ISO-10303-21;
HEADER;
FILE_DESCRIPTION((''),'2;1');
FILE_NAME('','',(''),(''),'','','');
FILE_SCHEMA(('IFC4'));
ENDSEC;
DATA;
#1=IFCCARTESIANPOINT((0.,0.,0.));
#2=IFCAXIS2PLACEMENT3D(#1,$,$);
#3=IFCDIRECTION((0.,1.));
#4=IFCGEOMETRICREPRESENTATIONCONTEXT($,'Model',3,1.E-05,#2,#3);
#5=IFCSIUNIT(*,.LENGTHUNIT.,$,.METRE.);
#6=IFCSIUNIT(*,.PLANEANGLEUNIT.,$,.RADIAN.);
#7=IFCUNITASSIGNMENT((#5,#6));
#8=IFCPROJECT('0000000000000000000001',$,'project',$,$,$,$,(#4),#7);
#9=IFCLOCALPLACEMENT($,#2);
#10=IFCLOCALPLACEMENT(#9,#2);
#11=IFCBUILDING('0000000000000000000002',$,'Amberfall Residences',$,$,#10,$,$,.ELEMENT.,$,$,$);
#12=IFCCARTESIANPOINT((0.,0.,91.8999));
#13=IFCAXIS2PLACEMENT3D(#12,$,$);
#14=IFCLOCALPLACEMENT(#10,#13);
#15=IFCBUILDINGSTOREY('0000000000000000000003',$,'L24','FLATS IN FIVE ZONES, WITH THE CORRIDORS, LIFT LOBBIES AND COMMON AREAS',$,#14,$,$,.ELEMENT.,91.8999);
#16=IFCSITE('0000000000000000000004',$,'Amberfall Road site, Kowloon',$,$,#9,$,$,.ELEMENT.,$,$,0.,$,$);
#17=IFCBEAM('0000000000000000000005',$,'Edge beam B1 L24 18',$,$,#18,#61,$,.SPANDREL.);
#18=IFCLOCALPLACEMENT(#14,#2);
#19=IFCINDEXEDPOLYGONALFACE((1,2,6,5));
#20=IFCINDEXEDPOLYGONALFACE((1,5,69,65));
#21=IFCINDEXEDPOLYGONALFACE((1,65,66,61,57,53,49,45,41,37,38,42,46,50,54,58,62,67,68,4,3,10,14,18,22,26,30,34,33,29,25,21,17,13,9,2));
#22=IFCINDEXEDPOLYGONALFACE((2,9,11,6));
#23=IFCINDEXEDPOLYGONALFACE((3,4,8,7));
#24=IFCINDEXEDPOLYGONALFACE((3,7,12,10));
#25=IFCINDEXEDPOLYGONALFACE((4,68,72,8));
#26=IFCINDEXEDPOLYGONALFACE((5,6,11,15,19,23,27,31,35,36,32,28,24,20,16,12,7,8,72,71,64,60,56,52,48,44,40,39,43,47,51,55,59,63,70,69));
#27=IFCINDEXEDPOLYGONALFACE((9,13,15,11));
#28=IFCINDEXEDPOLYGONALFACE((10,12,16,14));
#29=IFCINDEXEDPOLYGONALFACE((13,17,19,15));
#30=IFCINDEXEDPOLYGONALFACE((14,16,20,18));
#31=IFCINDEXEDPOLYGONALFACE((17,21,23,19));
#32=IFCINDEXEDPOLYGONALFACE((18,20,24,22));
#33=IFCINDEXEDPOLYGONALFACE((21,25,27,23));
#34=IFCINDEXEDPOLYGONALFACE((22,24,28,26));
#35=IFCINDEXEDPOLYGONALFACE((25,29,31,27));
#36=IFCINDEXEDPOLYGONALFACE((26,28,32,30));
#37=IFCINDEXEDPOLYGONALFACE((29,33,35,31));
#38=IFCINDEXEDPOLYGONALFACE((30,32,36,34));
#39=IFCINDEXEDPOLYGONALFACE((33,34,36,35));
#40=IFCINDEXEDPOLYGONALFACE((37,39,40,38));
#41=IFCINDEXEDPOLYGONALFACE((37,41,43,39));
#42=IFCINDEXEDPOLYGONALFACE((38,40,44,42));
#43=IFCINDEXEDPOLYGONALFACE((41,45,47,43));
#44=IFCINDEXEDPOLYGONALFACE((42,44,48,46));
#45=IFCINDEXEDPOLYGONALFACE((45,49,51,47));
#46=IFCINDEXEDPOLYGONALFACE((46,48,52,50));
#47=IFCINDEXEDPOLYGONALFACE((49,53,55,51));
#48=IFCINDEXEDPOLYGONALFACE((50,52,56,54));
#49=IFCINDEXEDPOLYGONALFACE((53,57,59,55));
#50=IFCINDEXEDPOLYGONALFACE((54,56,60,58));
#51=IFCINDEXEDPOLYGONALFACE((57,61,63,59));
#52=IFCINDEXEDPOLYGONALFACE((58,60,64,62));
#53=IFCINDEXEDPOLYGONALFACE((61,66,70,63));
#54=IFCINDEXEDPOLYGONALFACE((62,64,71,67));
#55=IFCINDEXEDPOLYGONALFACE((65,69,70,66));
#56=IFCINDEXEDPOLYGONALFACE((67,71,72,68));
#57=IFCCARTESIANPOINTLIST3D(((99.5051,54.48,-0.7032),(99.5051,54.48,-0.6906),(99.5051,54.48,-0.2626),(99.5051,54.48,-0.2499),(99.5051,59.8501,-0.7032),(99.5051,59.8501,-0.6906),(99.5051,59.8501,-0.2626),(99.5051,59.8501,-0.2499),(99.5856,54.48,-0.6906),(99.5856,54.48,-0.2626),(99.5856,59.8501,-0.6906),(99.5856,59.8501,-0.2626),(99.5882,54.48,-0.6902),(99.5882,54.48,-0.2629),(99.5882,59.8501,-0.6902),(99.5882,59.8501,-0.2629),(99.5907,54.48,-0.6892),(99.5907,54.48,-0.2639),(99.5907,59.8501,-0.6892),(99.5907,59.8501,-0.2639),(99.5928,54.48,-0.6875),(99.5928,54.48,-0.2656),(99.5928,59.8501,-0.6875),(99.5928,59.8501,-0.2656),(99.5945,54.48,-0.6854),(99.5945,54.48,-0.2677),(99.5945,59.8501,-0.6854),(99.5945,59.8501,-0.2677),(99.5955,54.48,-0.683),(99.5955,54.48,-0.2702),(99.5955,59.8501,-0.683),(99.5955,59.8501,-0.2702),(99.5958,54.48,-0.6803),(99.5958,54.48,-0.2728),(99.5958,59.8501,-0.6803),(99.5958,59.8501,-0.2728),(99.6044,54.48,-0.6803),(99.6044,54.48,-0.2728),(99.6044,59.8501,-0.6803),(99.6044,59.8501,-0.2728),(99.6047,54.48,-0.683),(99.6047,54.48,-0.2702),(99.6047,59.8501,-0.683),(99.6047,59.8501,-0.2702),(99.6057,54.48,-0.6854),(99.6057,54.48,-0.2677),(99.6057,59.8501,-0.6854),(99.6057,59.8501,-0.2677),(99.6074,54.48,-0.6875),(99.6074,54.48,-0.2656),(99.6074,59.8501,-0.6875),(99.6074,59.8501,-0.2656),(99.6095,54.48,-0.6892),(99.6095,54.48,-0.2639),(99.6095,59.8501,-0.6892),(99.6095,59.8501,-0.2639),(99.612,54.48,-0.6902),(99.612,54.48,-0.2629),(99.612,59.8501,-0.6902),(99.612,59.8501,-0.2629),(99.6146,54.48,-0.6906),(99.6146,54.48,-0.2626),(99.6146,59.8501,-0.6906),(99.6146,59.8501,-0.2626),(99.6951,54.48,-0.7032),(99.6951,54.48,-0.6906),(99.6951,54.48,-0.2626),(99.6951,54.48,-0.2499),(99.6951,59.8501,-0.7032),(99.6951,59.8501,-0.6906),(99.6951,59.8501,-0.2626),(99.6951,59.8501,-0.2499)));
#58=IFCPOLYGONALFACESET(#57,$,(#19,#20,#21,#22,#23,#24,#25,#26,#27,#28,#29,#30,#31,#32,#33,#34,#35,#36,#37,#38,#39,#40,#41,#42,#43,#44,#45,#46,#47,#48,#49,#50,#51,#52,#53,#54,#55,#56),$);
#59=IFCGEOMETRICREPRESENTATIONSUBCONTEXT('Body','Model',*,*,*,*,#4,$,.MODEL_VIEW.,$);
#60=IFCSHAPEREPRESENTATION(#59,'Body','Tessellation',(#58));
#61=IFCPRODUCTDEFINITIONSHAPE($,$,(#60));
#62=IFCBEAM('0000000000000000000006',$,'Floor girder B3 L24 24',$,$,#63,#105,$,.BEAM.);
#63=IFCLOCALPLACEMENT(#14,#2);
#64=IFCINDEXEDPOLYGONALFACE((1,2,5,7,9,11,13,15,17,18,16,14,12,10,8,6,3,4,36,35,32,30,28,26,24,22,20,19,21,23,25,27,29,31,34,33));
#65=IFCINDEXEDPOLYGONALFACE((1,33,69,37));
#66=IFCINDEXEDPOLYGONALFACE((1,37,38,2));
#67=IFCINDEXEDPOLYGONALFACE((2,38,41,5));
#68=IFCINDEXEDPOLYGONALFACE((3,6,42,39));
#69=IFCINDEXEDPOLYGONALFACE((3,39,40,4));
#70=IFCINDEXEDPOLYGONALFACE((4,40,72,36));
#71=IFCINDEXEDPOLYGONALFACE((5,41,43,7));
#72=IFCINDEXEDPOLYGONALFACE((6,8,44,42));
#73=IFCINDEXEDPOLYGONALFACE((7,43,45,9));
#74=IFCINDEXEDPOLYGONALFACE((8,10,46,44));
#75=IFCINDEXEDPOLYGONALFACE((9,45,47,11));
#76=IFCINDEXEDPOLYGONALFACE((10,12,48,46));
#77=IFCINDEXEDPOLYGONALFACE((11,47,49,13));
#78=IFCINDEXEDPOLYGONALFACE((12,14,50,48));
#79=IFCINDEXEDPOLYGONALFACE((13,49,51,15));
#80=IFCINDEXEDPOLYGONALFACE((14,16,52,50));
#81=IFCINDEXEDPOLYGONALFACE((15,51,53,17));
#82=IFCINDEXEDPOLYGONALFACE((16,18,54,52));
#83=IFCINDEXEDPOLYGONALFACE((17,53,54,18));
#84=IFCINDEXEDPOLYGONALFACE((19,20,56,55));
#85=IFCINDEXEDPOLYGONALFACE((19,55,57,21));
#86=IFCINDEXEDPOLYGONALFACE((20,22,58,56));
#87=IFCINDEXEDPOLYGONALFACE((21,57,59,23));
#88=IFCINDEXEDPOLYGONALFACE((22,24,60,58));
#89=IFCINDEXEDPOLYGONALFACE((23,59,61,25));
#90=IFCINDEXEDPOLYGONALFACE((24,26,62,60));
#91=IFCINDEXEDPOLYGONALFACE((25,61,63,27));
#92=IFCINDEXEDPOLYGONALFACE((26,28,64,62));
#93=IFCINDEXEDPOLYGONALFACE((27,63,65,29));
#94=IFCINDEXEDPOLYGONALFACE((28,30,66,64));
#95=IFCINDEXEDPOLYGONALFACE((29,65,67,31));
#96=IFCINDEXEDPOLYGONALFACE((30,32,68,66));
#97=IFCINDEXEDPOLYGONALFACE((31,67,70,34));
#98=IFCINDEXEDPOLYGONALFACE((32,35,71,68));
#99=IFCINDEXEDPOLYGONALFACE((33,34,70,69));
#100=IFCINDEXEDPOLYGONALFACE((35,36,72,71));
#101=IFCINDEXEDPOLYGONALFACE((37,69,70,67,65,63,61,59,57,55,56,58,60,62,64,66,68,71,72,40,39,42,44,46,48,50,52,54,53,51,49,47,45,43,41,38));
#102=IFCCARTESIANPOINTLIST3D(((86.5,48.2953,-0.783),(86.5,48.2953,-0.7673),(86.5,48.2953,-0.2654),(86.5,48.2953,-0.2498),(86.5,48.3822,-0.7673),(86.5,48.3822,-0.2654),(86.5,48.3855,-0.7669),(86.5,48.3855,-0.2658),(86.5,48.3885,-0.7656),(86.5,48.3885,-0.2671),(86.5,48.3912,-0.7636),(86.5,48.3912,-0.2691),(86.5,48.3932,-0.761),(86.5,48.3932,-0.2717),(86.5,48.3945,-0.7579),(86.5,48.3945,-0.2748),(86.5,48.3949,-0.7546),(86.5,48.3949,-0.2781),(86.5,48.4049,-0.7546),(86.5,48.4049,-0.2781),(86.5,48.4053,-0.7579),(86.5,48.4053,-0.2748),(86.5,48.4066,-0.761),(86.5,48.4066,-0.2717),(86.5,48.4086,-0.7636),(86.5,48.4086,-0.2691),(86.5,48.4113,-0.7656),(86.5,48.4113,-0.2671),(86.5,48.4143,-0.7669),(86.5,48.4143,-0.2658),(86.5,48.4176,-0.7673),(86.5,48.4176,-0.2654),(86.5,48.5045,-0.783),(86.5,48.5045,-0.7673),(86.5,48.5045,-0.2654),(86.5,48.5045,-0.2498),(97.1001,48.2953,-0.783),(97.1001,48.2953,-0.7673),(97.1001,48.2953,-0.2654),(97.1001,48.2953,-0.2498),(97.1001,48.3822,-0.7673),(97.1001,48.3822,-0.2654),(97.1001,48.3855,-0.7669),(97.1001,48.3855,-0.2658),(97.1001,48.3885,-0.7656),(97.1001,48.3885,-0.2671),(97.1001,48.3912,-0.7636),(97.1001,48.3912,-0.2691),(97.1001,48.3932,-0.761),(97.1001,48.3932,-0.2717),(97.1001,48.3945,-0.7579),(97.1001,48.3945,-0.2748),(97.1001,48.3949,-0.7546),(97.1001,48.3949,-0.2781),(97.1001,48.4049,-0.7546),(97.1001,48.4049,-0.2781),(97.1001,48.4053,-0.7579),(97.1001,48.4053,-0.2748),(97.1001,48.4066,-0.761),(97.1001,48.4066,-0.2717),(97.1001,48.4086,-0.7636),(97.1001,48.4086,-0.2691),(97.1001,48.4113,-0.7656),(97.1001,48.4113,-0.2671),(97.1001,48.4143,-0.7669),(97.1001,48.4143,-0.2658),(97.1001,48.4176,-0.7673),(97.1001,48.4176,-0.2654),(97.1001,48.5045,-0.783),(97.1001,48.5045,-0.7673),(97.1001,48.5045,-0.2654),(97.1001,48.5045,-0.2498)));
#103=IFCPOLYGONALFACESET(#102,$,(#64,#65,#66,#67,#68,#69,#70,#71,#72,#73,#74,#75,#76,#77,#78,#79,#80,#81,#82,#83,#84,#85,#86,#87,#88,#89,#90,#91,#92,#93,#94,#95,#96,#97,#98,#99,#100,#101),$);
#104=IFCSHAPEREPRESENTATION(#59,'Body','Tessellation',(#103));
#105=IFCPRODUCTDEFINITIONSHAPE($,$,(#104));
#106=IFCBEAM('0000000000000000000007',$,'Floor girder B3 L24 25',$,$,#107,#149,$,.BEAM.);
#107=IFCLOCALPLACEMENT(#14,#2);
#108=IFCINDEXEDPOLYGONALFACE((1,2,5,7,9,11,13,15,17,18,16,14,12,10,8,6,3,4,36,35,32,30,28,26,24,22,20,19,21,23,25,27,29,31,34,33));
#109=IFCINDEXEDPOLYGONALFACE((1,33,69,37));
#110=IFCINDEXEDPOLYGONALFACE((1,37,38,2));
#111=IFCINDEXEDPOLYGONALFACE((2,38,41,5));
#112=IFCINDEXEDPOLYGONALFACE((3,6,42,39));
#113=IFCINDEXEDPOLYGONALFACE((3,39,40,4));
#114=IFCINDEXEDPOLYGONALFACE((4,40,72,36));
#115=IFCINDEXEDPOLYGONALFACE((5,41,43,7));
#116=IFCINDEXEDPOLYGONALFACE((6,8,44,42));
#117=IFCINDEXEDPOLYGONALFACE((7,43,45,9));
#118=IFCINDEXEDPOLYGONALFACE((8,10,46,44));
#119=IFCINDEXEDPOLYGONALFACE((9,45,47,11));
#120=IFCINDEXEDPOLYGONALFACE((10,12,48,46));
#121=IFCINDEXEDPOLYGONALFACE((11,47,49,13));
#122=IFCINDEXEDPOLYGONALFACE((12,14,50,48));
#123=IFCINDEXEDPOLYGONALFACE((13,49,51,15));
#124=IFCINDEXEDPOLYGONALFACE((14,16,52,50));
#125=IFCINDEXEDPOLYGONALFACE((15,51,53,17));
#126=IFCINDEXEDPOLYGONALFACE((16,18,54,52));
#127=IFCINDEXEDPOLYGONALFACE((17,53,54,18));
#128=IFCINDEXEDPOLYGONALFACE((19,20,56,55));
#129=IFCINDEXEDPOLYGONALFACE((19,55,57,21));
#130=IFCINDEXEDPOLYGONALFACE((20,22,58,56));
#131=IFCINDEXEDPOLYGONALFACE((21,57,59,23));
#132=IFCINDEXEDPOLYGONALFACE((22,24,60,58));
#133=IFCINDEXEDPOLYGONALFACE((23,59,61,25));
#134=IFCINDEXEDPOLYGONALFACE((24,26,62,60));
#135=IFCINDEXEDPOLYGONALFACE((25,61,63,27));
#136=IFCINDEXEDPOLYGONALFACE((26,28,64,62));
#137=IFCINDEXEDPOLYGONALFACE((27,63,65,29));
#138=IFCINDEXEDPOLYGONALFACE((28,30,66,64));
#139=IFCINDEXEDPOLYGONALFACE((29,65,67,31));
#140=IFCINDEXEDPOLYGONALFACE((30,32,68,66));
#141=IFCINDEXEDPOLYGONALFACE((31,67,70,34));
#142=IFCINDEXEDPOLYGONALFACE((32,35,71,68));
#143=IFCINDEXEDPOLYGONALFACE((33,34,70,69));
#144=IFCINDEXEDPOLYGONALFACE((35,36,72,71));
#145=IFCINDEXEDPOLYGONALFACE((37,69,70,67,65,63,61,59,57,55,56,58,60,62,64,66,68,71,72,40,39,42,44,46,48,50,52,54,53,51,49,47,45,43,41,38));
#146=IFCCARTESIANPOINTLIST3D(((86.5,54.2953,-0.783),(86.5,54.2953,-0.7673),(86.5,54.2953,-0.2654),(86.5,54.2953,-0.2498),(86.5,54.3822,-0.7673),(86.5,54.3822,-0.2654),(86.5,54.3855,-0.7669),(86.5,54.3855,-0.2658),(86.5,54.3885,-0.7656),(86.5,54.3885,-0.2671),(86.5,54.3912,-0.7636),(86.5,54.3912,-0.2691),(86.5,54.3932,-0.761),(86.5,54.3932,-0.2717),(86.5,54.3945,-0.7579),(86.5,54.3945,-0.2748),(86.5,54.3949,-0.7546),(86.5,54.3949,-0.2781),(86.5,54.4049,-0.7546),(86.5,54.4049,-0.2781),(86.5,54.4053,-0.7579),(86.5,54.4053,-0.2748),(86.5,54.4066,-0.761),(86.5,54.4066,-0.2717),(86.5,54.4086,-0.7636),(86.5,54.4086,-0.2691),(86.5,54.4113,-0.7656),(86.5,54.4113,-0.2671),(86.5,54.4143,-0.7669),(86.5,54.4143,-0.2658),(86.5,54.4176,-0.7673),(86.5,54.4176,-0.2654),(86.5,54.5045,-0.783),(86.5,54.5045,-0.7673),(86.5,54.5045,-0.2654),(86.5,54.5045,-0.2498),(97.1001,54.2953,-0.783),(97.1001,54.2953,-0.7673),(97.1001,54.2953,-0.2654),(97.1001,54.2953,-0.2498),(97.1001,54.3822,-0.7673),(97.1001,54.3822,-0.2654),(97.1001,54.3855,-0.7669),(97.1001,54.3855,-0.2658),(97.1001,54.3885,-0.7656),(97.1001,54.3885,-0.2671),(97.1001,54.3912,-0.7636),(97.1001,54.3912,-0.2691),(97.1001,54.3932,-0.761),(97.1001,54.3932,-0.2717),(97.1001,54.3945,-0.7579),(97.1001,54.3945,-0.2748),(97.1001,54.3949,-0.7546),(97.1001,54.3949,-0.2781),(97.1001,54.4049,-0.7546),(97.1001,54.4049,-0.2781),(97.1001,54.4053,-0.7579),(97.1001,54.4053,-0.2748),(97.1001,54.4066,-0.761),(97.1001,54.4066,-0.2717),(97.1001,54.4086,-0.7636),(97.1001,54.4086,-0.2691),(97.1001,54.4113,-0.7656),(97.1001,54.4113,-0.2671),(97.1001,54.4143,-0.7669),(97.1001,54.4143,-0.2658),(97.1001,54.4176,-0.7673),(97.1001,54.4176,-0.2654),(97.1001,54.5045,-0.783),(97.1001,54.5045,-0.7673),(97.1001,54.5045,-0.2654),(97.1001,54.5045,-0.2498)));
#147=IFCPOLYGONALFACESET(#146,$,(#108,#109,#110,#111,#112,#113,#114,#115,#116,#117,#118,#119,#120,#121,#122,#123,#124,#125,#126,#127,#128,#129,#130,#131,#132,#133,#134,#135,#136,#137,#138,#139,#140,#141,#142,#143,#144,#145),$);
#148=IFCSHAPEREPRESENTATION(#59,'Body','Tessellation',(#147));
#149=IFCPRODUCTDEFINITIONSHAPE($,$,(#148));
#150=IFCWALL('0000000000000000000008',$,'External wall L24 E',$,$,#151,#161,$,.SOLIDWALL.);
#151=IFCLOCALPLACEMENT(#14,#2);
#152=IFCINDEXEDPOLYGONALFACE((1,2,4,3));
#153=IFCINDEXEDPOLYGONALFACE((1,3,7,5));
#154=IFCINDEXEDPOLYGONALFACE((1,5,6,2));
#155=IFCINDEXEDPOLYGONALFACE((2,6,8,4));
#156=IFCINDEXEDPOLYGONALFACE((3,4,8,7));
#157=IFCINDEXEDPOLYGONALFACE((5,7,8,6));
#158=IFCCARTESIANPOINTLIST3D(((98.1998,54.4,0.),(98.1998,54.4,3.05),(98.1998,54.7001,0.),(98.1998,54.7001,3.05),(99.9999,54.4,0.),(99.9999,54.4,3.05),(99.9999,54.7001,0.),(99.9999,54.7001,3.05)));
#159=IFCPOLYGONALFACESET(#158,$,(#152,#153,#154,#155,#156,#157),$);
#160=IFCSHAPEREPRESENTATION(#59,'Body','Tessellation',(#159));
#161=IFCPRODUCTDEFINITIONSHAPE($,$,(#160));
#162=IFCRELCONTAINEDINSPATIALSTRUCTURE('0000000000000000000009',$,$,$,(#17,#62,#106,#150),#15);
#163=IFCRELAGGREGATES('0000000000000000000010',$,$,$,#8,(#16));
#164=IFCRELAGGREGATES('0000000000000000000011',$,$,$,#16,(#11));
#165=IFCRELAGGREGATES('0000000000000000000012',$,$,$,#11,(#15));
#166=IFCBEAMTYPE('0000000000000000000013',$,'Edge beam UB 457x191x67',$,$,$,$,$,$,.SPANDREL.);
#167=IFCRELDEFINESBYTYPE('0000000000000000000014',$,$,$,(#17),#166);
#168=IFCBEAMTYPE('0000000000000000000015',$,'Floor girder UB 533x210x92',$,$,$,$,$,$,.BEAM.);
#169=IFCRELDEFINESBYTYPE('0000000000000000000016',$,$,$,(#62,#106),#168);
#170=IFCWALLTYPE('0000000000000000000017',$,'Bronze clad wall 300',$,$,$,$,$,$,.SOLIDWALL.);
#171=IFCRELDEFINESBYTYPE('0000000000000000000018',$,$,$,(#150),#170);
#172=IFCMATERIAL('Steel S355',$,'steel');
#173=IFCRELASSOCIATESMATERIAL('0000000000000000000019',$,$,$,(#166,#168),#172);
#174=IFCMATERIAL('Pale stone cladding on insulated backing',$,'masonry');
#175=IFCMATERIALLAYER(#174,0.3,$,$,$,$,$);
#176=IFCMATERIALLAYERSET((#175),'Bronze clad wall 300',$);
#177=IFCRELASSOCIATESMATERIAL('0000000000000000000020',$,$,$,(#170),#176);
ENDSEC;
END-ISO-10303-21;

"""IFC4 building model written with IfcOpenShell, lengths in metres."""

from ifc_helpers import new_model, si_unit, direction, frame, frame_2d, origin, origin_2d, place, context, subcontext, project, spatial, rectangle, i_section, extrude, material, layer, layer_set, material_profile, profile_set, type_object, element, save


model = new_model("IFC4")

# Units and contexts
model_context = context("Model", 3, precision=1e-05, world=origin(), true_north=direction((0.0, 1.0)))
body_context = subcontext(model_context, "Body", "Model", "MODEL_VIEW")
ifc_project = project(units=[si_unit("LENGTHUNIT", "METRE"), si_unit("PLANEANGLEUNIT", "RADIAN")], contexts=[model_context])

# Site, building, storey
site_placement = place(None, origin())
site = spatial("IfcSite", under=ifc_project, at=site_placement, Name="Amberfall Road site, Kowloon", CompositionType="ELEMENT", RefElevation=0.0)
building_placement = place(site_placement, origin())
building = spatial("IfcBuilding", under=site, at=building_placement, Name="Amberfall Residences", CompositionType="ELEMENT")
storey_placement = place(building_placement, frame((0.0, 0.0, 91.8999)))
storey = spatial("IfcBuildingStorey", under=building, at=storey_placement, Name="L24", Description="FLATS IN FIVE ZONES, WITH THE CORRIDORS, LIFT LOBBIES AND COMMON AREAS", CompositionType="ELEMENT", Elevation=91.8999)

# Beams
ifc_material_1 = material(Name="Steel S355", Category="steel")
ifc_material_profile_1 = material_profile(ifc_material_1, i_section(OverallWidth=0.1899, OverallDepth=0.4534, WebThickness=0.0085, FlangeThickness=0.0127, FilletRadius=0.0103, at=origin_2d()), Name="UB 457x191x67")
ifc_profile_set_1 = profile_set([ifc_material_profile_1], Name="Steel S355")
beam_type_1 = type_object("IfcBeamType", Name="Edge beam UB 457x191x67", PredefinedType="SPANDREL", material=ifc_profile_set_1)
beam_1_placement = place(storey_placement, frame((99.6001, 54.48, -0.4766), z_axis=(0.0, 1.0, 0.0), x_axis=(-1.0, 0.0, 0.0)))
element("IfcBeam", 1, at=beam_1_placement, inside=storey, type_object=beam_type_1, Name="Edge beam B1 L24 18", PredefinedType="SPANDREL", context=body_context, shape_type="SweptSolid", body=[
    extrude(i_section(OverallWidth=0.1899, OverallDepth=0.4534, WebThickness=0.0085, FlangeThickness=0.0127, FilletRadius=0.0103, at=origin_2d()), origin(), (0.0, 0.0, 1.0), 5.3701),
])
ifc_material_profile_2 = material_profile(ifc_material_1, i_section(OverallWidth=0.2092, OverallDepth=0.5332, WebThickness=0.01, FlangeThickness=0.0156, FilletRadius=0.0127, at=origin_2d()), Name="UB 533x210x92")
ifc_profile_set_2 = profile_set([ifc_material_profile_2], Name="Steel S355")
beam_type_2 = type_object("IfcBeamType", Name="Floor girder UB 533x210x92", PredefinedType="BEAM", material=ifc_profile_set_2)
for number, where, z_axis, x_axis, name in (
    (2, (97.1001, 48.3999, -0.5164), (-1.0, 0.0, 0.0), (0.0, -1.0, 0.0), "Floor girder B3 L24 24"),
    (3, (97.1001, 54.3999, -0.5164), (-1.0, 0.0, 0.0), (0.0, -1.0, 0.0), "Floor girder B3 L24 25"),
):
    element("IfcBeam", number, at=place(storey_placement, frame(where, z_axis=z_axis, x_axis=x_axis)), inside=storey, type_object=beam_type_2, Name=name, PredefinedType="BEAM", context=body_context, shape_type="SweptSolid", body=[
        extrude(i_section(OverallWidth=0.2092, OverallDepth=0.5332, WebThickness=0.01, FlangeThickness=0.0156, FilletRadius=0.0127, at=origin_2d()), origin(), (0.0, 0.0, 1.0), 10.6001),
    ])

# Wall
ifc_material_2 = material(Name="Pale stone cladding on insulated backing", Category="masonry")
ifc_layer_1 = layer(ifc_material_2, 0.3)
ifc_layer_set_1 = layer_set([ifc_layer_1], Name="Bronze clad wall 300")
wall_type_1 = type_object("IfcWallType", Name="Bronze clad wall 300", PredefinedType="SOLIDWALL", material=ifc_layer_set_1)
wall_1_placement = place(storey_placement, frame((98.2, 54.55, 0.0), z_axis=(0.0, 0.0, 1.0), x_axis=(1.0, 0.0, 0.0)))
element("IfcWall", 4, at=wall_1_placement, inside=storey, type_object=wall_type_1, Name="External wall L24 E", PredefinedType="SOLIDWALL", context=body_context, shape_type="SweptSolid", body=[
    extrude(rectangle(XDim=1.8, YDim=0.3, at=frame_2d((0.8999, 0.0))), origin(), (0.0, 0.0, 1.0), 3.05),
])

save(model, "model.ifc")
